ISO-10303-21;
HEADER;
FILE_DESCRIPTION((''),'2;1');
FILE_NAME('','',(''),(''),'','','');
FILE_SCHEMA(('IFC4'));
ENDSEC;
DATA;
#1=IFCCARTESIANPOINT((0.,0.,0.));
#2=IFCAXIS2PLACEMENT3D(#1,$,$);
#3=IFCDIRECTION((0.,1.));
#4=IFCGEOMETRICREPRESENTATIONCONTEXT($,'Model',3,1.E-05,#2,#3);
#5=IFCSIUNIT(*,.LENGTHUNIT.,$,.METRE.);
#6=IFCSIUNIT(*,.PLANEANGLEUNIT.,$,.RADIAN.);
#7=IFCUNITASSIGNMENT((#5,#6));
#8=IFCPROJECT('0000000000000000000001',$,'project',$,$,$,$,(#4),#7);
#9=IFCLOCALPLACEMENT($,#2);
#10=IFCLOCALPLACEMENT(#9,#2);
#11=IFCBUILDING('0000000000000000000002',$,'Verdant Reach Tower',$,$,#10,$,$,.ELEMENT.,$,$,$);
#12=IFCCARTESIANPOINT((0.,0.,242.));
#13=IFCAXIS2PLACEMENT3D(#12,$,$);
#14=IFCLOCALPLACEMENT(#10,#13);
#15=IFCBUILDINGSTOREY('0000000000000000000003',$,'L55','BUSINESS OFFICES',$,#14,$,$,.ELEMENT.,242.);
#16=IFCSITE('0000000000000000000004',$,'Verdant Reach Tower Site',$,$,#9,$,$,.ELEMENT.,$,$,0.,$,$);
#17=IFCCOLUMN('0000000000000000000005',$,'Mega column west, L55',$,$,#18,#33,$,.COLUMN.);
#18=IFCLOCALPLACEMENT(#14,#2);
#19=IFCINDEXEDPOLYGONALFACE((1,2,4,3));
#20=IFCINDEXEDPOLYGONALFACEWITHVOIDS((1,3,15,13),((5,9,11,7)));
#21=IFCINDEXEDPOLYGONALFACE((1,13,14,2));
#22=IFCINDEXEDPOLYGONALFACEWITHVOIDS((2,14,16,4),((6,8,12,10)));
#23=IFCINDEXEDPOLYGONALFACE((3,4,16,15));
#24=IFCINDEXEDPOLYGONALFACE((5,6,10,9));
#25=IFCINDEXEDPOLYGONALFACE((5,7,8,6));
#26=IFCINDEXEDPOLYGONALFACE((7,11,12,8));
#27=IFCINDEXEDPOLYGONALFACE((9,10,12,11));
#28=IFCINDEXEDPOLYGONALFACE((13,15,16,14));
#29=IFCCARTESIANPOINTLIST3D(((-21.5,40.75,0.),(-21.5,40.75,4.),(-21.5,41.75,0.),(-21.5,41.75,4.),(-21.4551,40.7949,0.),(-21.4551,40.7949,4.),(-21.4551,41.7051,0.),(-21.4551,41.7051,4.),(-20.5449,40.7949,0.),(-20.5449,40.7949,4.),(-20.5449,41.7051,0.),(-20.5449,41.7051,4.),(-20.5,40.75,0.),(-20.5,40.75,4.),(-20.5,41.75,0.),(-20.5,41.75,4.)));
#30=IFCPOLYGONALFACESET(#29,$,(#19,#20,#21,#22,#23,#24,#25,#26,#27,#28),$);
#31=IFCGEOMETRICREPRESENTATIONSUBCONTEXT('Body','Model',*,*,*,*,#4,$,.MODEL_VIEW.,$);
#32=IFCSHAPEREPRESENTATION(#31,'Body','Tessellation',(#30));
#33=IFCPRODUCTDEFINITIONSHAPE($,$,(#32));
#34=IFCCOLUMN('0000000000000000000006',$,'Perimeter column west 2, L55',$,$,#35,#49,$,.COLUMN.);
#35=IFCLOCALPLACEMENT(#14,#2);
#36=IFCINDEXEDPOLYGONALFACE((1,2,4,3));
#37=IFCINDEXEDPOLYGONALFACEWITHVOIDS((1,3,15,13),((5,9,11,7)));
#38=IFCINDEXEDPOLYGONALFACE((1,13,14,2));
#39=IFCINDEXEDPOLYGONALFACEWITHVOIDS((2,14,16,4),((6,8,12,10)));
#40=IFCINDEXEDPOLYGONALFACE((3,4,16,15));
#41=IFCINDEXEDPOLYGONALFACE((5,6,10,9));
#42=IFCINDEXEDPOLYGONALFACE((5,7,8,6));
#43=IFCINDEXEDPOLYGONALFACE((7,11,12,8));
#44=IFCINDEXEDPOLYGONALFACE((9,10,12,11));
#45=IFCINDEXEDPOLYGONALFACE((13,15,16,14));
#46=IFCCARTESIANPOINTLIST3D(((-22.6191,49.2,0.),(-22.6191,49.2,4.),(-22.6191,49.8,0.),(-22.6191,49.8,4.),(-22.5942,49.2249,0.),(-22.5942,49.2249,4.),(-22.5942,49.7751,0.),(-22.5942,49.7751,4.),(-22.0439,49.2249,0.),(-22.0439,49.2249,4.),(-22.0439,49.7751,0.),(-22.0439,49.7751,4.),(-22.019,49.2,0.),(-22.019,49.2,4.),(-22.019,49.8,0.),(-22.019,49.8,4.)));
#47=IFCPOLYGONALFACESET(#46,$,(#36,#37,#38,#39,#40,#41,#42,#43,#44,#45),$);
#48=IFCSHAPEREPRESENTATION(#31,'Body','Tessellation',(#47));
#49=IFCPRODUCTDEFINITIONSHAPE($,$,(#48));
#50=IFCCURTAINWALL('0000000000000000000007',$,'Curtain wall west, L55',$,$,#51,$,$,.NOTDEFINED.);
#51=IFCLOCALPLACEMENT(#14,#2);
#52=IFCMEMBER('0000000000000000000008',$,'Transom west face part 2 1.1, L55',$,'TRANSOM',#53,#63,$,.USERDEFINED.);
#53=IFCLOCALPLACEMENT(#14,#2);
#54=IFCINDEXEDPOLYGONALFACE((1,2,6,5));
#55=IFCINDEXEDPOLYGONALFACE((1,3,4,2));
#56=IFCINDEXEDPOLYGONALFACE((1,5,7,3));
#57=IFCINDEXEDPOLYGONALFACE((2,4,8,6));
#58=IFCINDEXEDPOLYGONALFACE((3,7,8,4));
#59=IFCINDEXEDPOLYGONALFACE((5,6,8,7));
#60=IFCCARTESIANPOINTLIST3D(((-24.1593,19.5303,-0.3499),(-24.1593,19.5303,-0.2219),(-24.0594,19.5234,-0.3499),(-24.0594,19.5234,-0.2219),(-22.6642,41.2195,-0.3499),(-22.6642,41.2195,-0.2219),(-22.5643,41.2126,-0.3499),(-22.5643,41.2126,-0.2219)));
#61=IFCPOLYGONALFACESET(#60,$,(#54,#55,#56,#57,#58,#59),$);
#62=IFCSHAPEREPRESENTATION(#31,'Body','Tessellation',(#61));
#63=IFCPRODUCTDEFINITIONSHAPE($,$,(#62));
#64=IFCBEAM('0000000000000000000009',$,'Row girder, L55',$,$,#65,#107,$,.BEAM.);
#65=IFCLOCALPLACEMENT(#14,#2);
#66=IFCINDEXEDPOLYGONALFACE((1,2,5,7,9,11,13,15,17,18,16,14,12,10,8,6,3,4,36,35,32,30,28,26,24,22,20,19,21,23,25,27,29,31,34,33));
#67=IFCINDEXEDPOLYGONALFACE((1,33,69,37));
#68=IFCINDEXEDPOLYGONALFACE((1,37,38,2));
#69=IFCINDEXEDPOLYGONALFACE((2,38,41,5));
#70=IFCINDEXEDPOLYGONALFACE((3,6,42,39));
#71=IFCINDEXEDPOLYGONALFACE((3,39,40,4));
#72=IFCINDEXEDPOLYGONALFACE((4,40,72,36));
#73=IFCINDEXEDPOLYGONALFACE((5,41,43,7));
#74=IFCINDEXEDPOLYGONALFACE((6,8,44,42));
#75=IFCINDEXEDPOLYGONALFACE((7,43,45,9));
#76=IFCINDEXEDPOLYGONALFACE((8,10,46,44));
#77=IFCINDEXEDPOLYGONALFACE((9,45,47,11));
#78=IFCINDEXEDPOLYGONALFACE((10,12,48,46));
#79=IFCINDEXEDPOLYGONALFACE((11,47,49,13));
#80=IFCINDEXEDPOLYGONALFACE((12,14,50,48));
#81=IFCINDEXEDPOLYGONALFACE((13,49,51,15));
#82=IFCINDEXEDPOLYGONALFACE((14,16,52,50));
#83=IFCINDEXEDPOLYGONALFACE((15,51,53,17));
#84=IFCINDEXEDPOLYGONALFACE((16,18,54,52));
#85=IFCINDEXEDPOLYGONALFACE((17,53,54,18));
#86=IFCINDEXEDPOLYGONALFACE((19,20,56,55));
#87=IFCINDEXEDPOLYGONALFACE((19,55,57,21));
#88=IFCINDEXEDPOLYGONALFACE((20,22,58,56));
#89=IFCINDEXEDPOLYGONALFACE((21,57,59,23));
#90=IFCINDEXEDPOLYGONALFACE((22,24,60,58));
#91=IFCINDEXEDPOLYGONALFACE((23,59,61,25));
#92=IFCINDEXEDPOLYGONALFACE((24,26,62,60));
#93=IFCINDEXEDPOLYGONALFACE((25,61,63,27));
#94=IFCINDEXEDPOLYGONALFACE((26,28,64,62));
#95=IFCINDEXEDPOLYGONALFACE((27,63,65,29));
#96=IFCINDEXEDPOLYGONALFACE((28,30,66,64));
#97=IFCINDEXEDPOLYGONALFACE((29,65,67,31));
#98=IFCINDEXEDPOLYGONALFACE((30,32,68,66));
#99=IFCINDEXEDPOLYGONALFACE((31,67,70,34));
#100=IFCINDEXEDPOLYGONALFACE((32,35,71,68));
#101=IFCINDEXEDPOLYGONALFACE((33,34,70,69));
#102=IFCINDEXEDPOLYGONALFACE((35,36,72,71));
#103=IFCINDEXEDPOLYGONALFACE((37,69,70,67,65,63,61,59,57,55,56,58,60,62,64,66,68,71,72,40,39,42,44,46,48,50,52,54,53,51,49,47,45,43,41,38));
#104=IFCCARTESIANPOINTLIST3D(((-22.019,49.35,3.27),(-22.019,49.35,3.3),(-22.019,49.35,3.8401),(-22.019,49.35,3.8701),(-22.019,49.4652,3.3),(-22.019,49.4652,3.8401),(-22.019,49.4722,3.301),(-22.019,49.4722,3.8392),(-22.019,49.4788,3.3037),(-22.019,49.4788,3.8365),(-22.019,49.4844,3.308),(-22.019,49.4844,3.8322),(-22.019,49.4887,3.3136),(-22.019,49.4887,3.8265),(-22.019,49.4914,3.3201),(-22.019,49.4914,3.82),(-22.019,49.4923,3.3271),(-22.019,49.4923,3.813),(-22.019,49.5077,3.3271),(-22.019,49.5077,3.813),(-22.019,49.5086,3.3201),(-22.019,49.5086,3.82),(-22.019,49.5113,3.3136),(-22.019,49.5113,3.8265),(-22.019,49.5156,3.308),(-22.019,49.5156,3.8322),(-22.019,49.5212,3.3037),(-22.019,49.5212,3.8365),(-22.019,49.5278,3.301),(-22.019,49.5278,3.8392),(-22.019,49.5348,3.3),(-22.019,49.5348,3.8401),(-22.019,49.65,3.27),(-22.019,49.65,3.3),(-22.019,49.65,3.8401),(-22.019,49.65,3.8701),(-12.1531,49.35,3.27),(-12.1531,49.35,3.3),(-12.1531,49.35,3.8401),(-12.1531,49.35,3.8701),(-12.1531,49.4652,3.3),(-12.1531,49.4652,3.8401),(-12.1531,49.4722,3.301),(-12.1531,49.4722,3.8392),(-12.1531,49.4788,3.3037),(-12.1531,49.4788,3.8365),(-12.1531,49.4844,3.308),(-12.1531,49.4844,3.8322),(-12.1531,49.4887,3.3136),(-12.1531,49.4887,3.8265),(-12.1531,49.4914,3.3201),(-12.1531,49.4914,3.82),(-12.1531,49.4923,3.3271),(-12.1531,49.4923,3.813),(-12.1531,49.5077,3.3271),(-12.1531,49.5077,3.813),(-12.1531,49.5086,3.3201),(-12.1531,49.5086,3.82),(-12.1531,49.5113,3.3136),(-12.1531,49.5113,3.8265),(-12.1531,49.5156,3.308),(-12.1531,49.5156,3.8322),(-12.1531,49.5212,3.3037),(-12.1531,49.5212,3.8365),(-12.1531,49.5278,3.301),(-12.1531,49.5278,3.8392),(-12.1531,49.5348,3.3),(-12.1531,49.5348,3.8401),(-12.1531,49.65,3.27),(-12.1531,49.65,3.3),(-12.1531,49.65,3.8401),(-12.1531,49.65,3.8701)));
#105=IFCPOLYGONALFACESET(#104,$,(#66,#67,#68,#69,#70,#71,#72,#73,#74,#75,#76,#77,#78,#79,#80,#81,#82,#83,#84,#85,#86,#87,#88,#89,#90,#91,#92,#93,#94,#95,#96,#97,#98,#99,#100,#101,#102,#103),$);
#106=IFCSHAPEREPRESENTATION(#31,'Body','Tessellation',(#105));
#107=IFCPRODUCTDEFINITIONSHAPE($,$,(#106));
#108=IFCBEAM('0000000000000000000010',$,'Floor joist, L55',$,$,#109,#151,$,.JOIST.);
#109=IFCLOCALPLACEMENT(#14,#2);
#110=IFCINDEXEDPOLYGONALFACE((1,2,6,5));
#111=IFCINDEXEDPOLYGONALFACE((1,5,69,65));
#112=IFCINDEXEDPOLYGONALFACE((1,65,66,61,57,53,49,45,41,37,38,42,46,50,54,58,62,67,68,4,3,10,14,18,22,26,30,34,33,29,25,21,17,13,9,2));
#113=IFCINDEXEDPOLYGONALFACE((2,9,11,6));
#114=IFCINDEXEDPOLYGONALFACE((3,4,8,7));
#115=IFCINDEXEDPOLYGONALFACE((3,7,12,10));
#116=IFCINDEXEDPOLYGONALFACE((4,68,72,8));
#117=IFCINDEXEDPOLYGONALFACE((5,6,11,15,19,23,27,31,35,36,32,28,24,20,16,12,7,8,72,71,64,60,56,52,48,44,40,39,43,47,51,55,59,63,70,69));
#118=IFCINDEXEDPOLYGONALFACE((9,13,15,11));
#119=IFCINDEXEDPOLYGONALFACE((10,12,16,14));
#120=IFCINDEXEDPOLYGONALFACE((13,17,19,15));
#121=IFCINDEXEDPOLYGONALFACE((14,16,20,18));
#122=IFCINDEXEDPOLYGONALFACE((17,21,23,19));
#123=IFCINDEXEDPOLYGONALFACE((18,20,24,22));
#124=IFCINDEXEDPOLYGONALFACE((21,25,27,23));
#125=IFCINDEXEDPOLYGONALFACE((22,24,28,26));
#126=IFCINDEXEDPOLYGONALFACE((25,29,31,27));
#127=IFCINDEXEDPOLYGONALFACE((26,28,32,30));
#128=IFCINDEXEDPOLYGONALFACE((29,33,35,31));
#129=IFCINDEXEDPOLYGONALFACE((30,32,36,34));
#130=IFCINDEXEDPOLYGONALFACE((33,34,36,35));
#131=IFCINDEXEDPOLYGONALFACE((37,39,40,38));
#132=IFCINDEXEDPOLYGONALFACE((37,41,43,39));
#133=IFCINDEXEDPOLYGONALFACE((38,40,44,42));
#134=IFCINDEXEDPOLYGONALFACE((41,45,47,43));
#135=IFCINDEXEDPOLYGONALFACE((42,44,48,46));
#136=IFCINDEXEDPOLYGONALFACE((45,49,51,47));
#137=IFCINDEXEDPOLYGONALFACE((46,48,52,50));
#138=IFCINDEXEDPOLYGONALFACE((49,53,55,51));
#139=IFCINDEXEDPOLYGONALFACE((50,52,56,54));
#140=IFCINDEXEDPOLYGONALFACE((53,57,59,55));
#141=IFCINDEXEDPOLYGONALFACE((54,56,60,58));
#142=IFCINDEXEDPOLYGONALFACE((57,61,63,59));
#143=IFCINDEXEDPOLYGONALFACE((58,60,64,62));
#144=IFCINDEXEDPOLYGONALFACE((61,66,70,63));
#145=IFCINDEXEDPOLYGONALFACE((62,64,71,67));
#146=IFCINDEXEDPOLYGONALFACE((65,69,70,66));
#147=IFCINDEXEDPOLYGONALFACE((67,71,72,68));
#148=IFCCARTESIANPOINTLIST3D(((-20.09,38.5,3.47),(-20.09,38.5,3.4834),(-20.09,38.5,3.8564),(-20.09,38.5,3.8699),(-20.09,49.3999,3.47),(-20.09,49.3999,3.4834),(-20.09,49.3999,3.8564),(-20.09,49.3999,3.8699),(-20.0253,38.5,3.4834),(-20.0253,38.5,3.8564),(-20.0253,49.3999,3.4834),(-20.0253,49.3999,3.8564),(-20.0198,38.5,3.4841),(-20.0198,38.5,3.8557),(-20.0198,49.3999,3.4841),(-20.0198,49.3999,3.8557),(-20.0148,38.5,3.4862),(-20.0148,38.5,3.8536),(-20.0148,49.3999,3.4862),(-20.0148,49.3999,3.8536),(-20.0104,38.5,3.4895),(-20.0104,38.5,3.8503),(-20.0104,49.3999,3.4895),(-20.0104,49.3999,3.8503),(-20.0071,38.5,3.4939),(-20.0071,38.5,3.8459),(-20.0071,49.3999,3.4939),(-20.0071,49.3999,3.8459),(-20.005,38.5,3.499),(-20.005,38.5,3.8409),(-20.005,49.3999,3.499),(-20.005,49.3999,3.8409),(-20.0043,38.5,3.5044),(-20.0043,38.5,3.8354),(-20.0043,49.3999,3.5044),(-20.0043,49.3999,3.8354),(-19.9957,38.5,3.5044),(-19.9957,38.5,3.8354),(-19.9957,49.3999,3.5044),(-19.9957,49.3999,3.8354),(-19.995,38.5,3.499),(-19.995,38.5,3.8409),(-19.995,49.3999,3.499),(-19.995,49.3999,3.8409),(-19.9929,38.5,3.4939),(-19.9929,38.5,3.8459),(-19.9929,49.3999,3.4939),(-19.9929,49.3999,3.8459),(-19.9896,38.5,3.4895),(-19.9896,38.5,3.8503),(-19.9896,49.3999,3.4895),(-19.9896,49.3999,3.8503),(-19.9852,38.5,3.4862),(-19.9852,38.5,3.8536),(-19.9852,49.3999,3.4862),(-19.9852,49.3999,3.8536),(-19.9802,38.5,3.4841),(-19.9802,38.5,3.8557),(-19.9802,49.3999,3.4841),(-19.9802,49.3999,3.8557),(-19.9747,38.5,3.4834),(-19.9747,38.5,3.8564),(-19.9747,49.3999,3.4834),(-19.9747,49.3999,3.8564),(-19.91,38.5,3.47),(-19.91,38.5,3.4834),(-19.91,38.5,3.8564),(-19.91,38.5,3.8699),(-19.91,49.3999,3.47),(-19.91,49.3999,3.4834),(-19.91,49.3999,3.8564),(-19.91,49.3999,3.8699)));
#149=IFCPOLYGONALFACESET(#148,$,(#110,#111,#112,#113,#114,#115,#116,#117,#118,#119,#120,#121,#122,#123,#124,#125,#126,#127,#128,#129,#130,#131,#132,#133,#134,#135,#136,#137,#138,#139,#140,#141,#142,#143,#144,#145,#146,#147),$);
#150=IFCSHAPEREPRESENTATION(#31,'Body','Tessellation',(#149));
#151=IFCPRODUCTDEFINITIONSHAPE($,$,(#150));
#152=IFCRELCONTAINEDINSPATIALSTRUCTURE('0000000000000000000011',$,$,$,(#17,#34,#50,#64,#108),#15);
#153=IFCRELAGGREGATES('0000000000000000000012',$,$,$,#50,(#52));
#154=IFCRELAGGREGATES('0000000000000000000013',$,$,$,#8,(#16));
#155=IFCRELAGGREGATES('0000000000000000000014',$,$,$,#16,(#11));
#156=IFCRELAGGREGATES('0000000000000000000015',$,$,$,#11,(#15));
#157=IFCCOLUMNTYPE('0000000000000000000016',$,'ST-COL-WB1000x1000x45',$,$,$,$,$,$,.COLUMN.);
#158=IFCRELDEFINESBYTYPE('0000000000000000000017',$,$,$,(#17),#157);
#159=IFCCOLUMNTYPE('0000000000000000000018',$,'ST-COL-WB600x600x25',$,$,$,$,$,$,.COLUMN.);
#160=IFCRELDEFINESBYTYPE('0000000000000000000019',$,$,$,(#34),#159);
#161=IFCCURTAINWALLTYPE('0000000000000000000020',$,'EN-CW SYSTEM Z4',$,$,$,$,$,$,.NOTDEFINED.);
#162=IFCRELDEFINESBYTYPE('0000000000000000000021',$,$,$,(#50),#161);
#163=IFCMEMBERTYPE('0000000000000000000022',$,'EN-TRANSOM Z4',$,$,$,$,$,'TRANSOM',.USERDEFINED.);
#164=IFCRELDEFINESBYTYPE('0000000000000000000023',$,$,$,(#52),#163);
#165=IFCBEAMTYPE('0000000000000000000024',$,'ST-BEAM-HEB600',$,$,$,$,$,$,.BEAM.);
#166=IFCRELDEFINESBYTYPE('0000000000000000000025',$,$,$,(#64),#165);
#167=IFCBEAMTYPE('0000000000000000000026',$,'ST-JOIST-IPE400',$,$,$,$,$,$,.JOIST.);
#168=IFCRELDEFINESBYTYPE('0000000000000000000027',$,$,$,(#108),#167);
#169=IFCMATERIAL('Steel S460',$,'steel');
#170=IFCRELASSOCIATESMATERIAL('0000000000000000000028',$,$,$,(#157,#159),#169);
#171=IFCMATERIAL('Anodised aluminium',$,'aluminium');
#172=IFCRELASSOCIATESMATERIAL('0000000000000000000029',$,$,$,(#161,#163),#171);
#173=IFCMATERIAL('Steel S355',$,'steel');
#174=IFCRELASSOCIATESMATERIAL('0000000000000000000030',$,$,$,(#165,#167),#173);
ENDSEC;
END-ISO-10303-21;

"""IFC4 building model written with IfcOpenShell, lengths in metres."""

from ifc_helpers import new_model, si_unit, direction, frame, origin, origin_2d, place, context, subcontext, project, spatial, rectangle, hollow_rectangle, i_section, extrude, material, material_profile, profile_set, type_object, element, aggregate, save


model = new_model("IFC4")

# Units and contexts
model_context = context("Model", 3, precision=1e-05, world=origin(), true_north=direction((0.0, 1.0)))
body_context = subcontext(model_context, "Body", "Model", "MODEL_VIEW")
ifc_project = project(units=[si_unit("LENGTHUNIT", "METRE"), si_unit("PLANEANGLEUNIT", "RADIAN")], contexts=[model_context])

# Site, building, storey
site_placement = place(None, origin())
site = spatial("IfcSite", under=ifc_project, at=site_placement, Name="Verdant Reach Tower Site", CompositionType="ELEMENT", RefElevation=0.0)
building_placement = place(site_placement, origin())
building = spatial("IfcBuilding", under=site, at=building_placement, Name="Verdant Reach Tower", CompositionType="ELEMENT")
storey_placement = place(building_placement, frame((0.0, 0.0, 242.0)))
storey = spatial("IfcBuildingStorey", under=building, at=storey_placement, Name="L55", Description="BUSINESS OFFICES", CompositionType="ELEMENT", Elevation=242.0)

# Columns
ifc_material_1 = material(Name="Steel S460", Category="steel")
ifc_material_profile_1 = material_profile(ifc_material_1, hollow_rectangle(XDim=1.0, YDim=1.0, WallThickness=0.0449, at=origin_2d()), Name="WB 1000x1000x45")
ifc_profile_set_1 = profile_set([ifc_material_profile_1], Name="Steel S460")
column_type_1 = type_object("IfcColumnType", Name="ST-COL-WB1000x1000x45", PredefinedType="COLUMN", material=ifc_profile_set_1)
column_1_placement = place(storey_placement, frame((-21.0, 41.25, 0.0), z_axis=(0.0, 0.0, 1.0), x_axis=(1.0, 0.0, 0.0)))
element("IfcColumn", 1, at=column_1_placement, inside=storey, type_object=column_type_1, Name="Mega column west, L55", PredefinedType="COLUMN", context=body_context, shape_type="SweptSolid", body=[
    extrude(hollow_rectangle(XDim=1.0, YDim=1.0, WallThickness=0.0449, at=origin_2d()), origin(), (0.0, 0.0, 1.0), 4.0),
])
ifc_material_profile_2 = material_profile(ifc_material_1, hollow_rectangle(XDim=0.6001, YDim=0.6001, WallThickness=0.0249, at=origin_2d()), Name="WB 600x600x25")
ifc_profile_set_2 = profile_set([ifc_material_profile_2], Name="Steel S460")
column_type_2 = type_object("IfcColumnType", Name="ST-COL-WB600x600x25", PredefinedType="COLUMN", material=ifc_profile_set_2)
column_2_placement = place(storey_placement, frame((-22.3191, 49.5, 0.0), z_axis=(0.0, 0.0, 1.0), x_axis=(1.0, 0.0, 0.0)))
element("IfcColumn", 2, at=column_2_placement, inside=storey, type_object=column_type_2, Name="Perimeter column west 2, L55", PredefinedType="COLUMN", context=body_context, shape_type="SweptSolid", body=[
    extrude(hollow_rectangle(XDim=0.6001, YDim=0.6001, WallThickness=0.0249, at=origin_2d()), origin(), (0.0, 0.0, 1.0), 4.0),
])

# Curtain wall, member
ifc_material_2 = material(Name="Anodised aluminium", Category="aluminium")
curtain_wall_type = type_object("IfcCurtainWallType", Name="EN-CW SYSTEM Z4", PredefinedType="NOTDEFINED", material=ifc_material_2)
curtain_wall_placement = place(storey_placement, origin())
curtain_wall = element("IfcCurtainWall", 3, at=curtain_wall_placement, inside=storey, type_object=curtain_wall_type, Name="Curtain wall west, L55", PredefinedType="NOTDEFINED")
ifc_material_profile_3 = material_profile(ifc_material_2, rectangle(XDim=0.1001, YDim=0.1279, at=origin_2d()), Name="Transom 128x100")
ifc_profile_set_3 = profile_set([ifc_material_profile_3], Name="Anodised aluminium")
member_type = type_object("IfcMemberType", Name="EN-TRANSOM Z4", ElementType="TRANSOM", PredefinedType="USERDEFINED", material=ifc_profile_set_3)
member_placement = place(storey_placement, frame((-22.6143, 41.2161, -0.2859), z_axis=(-0.06877, -0.997633, 0.0), x_axis=(0.997633, -0.06877, 0.0)))
member = element("IfcMember", 4, at=member_placement, type_object=member_type, Name="Transom west face part 2 1.1, L55", ObjectType="TRANSOM", PredefinedType="USERDEFINED", context=body_context, shape_type="SweptSolid", body=[
    extrude(rectangle(XDim=0.1001, YDim=0.1279, at=origin_2d()), origin(), (0.0, 0.0, 1.0), 21.7407),
])

# Beams
ifc_material_3 = material(Name="Steel S355", Category="steel")
ifc_material_profile_4 = material_profile(ifc_material_3, i_section(OverallWidth=0.3, OverallDepth=0.6001, WebThickness=0.0154, FlangeThickness=0.03, FilletRadius=0.0271, at=origin_2d()), Name="HEB 600")
ifc_profile_set_4 = profile_set([ifc_material_profile_4], Name="Steel S355")
beam_type_1 = type_object("IfcBeamType", Name="ST-BEAM-HEB600", PredefinedType="BEAM", material=ifc_profile_set_4)
beam_1_placement = place(storey_placement, frame((-22.019, 49.5, 3.5701), z_axis=(1.0, 0.0, 0.0), x_axis=(0.0, 1.0, 0.0)))
element("IfcBeam", 5, at=beam_1_placement, inside=storey, type_object=beam_type_1, Name="Row girder, L55", PredefinedType="BEAM", context=body_context, shape_type="SweptSolid", body=[
    extrude(i_section(OverallWidth=0.3, OverallDepth=0.6001, WebThickness=0.0154, FlangeThickness=0.03, FilletRadius=0.0271, at=origin_2d()), origin(), (0.0, 0.0, 1.0), 9.866),
])
ifc_material_profile_5 = material_profile(ifc_material_3, i_section(OverallWidth=0.1799, OverallDepth=0.3999, WebThickness=0.0085, FlangeThickness=0.0134, FilletRadius=0.021, at=origin_2d()), Name="IPE 400")
ifc_profile_set_5 = profile_set([ifc_material_profile_5], Name="Steel S355")
beam_type_2 = type_object("IfcBeamType", Name="ST-JOIST-IPE400", PredefinedType="JOIST", material=ifc_profile_set_5)
for number, where, z_axis, x_axis, name in (
    (6, (-20.0, 38.5, 3.6699), (0.0, 1.0, 0.0), (-1.0, 0.0, 0.0), "Floor joist, L55"),
):
    element("IfcBeam", number, at=place(storey_placement, frame(where, z_axis=z_axis, x_axis=x_axis)), inside=storey, type_object=beam_type_2, Name=name, PredefinedType="JOIST", context=body_context, shape_type="SweptSolid", body=[
        extrude(i_section(OverallWidth=0.1799, OverallDepth=0.3999, WebThickness=0.0085, FlangeThickness=0.0134, FilletRadius=0.021, at=origin_2d()), origin(), (0.0, 0.0, 1.0), 10.8999),
    ])

aggregate(curtain_wall, [member])

save(model, "model.ifc")
